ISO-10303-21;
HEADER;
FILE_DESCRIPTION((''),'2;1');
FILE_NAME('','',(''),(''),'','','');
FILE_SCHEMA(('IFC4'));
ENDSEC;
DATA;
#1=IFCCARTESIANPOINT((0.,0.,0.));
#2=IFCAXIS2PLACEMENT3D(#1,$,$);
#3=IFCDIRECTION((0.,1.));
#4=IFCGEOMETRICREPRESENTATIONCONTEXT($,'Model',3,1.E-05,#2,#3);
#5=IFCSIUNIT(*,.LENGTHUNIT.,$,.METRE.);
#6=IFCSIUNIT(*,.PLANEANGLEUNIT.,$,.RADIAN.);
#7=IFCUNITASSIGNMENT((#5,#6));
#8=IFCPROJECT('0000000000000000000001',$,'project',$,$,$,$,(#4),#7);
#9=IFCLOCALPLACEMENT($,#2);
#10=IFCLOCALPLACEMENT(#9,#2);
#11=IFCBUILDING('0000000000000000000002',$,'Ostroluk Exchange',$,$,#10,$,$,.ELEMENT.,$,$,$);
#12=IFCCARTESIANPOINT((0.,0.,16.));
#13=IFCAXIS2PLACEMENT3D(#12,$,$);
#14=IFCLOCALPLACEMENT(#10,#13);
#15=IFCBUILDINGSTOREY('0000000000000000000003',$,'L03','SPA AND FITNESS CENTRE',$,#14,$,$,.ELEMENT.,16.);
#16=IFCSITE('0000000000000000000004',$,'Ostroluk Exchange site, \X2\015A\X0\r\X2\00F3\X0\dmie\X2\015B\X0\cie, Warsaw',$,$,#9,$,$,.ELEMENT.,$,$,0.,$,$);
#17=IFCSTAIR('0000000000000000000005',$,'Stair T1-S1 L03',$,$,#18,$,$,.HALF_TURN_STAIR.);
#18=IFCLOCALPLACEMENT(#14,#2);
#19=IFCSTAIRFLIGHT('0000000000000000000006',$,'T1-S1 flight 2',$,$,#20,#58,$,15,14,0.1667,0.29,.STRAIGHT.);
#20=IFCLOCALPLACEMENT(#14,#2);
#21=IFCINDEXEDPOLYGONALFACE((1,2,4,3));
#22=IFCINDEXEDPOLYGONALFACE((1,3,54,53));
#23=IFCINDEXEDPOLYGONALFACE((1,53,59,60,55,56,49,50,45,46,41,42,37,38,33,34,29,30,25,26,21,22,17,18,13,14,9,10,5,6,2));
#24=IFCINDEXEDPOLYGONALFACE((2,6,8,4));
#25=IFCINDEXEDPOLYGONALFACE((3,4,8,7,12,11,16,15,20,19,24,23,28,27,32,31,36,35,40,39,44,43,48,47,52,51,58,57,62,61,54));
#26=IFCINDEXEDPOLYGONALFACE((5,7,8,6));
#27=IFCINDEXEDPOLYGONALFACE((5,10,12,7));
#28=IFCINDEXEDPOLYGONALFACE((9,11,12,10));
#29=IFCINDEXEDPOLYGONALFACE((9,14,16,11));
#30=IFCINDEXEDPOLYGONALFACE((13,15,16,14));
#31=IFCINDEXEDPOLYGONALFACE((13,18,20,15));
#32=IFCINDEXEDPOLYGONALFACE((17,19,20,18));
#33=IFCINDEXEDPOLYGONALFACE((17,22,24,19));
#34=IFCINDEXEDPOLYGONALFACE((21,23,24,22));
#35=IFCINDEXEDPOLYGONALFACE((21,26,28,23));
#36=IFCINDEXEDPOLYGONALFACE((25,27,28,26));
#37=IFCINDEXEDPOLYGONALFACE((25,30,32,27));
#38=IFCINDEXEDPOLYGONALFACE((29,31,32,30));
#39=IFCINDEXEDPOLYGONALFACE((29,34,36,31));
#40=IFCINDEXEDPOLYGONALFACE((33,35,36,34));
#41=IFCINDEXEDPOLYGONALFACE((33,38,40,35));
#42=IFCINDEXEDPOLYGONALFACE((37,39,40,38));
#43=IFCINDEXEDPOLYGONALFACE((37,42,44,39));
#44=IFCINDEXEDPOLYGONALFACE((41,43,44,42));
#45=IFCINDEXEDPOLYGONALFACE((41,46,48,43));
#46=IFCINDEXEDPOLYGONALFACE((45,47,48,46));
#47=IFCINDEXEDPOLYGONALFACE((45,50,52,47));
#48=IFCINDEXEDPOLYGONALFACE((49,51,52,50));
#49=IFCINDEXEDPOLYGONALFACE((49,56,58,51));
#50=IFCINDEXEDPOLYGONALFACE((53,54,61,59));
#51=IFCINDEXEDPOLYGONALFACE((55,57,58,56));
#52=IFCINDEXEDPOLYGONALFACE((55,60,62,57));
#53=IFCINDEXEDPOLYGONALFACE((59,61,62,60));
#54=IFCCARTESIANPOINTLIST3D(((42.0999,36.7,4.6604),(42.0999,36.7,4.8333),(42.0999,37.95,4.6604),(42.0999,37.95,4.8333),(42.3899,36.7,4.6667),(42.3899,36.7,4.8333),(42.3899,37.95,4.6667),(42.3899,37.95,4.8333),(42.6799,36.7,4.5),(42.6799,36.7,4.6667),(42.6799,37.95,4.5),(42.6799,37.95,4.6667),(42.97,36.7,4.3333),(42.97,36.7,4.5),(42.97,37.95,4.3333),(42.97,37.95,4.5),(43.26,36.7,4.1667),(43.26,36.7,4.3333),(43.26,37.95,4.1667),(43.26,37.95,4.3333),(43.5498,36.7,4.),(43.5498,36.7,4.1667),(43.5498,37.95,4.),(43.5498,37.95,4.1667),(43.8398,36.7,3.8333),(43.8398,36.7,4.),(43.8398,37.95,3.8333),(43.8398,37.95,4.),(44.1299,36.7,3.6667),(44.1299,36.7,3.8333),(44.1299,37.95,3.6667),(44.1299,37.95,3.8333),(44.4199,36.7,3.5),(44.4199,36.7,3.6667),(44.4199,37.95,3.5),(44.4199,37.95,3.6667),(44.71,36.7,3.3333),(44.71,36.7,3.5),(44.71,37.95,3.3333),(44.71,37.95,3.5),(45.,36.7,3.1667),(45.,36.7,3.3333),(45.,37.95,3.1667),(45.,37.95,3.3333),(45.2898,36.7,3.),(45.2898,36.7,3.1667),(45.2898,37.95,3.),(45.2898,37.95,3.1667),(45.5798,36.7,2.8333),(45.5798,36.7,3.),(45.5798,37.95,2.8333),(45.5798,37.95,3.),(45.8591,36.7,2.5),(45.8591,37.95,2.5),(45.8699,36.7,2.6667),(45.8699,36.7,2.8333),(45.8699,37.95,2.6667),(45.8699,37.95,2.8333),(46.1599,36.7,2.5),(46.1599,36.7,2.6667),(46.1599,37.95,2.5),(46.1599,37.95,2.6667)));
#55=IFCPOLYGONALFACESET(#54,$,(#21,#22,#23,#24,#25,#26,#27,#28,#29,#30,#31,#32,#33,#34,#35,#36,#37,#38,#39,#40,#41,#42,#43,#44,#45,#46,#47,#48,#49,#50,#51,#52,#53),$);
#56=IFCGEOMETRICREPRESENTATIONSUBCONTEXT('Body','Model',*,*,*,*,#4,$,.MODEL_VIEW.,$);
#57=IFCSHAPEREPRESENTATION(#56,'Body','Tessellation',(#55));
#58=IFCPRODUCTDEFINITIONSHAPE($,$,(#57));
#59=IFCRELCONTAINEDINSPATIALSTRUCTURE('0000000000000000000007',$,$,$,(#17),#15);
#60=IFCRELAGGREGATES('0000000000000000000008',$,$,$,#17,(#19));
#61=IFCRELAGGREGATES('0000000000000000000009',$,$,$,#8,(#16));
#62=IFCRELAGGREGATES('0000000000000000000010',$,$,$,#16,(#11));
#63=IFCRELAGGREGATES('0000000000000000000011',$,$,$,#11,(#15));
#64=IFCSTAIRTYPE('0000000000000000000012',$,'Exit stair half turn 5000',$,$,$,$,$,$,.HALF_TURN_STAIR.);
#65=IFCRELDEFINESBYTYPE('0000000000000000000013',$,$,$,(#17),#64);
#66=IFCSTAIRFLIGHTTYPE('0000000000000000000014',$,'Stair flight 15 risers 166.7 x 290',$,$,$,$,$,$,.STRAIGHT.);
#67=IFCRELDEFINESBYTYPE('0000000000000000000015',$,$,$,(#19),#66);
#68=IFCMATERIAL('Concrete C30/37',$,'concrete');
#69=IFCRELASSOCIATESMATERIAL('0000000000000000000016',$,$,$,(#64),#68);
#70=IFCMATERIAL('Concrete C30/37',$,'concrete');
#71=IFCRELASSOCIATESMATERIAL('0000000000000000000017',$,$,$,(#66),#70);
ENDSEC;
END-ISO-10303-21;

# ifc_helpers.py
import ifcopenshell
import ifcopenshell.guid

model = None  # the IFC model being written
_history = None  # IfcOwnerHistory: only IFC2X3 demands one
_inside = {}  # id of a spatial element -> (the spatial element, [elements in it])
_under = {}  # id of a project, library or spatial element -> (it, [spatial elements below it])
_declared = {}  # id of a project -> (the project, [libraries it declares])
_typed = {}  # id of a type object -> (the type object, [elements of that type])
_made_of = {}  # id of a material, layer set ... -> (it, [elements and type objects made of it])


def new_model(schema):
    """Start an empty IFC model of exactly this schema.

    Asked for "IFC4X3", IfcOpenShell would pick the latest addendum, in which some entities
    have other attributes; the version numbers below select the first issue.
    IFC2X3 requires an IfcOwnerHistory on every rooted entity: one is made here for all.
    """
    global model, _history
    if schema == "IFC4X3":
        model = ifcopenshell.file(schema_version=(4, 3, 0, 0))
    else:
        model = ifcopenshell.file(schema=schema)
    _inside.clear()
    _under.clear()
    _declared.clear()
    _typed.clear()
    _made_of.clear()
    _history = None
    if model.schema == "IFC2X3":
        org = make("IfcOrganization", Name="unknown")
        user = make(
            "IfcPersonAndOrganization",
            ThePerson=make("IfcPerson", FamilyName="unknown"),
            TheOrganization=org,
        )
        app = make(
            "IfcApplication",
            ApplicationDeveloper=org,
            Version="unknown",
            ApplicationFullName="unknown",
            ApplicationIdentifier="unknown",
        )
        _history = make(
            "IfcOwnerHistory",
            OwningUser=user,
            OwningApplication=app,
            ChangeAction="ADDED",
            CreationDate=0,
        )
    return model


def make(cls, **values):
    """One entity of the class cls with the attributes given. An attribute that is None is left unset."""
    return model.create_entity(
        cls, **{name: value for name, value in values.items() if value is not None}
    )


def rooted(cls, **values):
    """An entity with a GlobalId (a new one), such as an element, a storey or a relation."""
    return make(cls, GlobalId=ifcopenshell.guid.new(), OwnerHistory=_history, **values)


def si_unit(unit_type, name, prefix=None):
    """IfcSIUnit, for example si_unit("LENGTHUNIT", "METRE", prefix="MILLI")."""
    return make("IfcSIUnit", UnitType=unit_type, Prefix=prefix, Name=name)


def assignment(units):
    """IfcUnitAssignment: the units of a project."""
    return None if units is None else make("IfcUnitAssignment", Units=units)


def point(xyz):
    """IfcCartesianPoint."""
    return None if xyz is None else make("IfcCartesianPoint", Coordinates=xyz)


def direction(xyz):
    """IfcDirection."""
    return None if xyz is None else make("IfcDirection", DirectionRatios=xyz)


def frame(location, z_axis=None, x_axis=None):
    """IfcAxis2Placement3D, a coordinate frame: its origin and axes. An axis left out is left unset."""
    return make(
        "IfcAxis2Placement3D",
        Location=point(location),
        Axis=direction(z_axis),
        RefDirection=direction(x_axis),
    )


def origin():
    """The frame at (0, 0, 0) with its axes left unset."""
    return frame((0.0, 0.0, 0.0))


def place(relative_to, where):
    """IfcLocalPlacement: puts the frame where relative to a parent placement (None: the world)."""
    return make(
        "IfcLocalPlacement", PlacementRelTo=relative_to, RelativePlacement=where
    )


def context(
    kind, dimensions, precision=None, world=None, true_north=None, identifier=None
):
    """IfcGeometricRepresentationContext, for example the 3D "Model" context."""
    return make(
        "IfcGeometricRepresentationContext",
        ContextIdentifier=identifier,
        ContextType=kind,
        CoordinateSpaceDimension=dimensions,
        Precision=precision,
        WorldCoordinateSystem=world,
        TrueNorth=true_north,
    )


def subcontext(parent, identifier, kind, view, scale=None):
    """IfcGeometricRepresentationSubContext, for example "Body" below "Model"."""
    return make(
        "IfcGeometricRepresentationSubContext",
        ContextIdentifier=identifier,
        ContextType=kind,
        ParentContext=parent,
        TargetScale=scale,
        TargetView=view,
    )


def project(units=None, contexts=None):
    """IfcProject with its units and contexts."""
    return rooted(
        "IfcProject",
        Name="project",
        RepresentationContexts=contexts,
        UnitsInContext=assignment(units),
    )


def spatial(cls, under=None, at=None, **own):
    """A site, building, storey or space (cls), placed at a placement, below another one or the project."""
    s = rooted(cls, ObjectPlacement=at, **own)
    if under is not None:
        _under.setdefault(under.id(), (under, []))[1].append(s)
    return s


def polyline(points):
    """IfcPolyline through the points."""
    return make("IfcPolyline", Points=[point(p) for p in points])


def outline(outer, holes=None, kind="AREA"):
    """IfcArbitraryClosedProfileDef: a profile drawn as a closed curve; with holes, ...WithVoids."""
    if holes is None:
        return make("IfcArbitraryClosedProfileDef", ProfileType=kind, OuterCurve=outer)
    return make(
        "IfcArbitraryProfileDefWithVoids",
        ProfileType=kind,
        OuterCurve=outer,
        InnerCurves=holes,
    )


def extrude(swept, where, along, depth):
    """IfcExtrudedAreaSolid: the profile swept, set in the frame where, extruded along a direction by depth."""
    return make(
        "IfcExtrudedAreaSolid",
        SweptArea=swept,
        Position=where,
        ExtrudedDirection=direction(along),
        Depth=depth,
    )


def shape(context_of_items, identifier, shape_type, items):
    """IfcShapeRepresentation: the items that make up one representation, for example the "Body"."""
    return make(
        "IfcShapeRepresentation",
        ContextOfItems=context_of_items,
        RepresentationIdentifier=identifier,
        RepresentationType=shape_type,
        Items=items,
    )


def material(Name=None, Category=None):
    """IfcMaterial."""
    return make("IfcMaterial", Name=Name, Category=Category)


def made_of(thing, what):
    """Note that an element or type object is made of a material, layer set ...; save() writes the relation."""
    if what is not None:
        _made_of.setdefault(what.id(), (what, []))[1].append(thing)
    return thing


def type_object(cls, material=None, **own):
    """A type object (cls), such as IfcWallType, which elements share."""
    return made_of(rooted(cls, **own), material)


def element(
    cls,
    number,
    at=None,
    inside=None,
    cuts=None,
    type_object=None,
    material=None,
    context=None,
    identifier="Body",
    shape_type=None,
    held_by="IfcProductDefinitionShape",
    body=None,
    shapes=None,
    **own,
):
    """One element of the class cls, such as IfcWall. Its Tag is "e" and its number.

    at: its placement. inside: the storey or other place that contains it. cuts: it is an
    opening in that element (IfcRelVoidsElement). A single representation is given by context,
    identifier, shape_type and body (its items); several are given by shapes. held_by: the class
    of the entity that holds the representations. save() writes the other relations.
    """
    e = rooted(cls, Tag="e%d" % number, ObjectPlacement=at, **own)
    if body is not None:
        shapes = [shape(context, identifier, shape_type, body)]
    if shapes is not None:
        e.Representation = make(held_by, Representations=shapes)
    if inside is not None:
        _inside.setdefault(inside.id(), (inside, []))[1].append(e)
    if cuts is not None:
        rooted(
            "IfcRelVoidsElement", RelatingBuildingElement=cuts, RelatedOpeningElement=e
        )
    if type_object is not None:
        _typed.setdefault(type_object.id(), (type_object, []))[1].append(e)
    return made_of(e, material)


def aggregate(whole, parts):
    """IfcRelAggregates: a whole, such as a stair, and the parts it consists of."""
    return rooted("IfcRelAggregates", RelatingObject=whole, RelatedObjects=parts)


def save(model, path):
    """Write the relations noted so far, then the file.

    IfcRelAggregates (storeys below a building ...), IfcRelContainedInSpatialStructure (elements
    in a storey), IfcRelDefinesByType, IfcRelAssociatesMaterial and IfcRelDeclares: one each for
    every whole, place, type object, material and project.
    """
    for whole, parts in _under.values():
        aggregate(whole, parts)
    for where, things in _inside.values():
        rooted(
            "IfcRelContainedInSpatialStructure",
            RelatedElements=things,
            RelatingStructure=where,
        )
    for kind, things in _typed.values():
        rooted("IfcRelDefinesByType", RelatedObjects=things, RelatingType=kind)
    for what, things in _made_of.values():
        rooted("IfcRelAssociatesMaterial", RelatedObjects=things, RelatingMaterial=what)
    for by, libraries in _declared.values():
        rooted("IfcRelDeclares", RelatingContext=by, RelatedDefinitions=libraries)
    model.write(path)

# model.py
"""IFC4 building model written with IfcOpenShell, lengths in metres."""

from ifc_helpers import new_model, si_unit, direction, frame, origin, place, context, subcontext, project, spatial, polyline, outline, extrude, material, type_object, element, aggregate, save


model = new_model("IFC4")

# Units and contexts
model_context = context("Model", 3, precision=1e-05, world=origin(), true_north=direction((0.0, 1.0)))
body_context = subcontext(model_context, "Body", "Model", "MODEL_VIEW")
ifc_project = project(units=[si_unit("LENGTHUNIT", "METRE"), si_unit("PLANEANGLEUNIT", "RADIAN")], contexts=[model_context])

# Site, building, storey
site_placement = place(None, origin())
site = spatial("IfcSite", under=ifc_project, at=site_placement, Name="Ostroluk Exchange site, Śródmieście, Warsaw", CompositionType="ELEMENT", RefElevation=0.0)
building_placement = place(site_placement, origin())
building = spatial("IfcBuilding", under=site, at=building_placement, Name="Ostroluk Exchange", CompositionType="ELEMENT")
storey_placement = place(building_placement, frame((0.0, 0.0, 16.0)))
storey = spatial("IfcBuildingStorey", under=building, at=storey_placement, Name="L03", Description="SPA AND FITNESS CENTRE", CompositionType="ELEMENT", Elevation=16.0)

# Stair, stair flight
ifc_material_1 = material(Name="Concrete C30/37", Category="concrete")
stair_type = type_object("IfcStairType", Name="Exit stair half turn 5000", PredefinedType="HALF_TURN_STAIR", material=ifc_material_1)
stair_placement = place(storey_placement, origin())
stair = element("IfcStair", 1, at=stair_placement, inside=storey, type_object=stair_type, Name="Stair T1-S1 L03", PredefinedType="HALF_TURN_STAIR")
ifc_material_2 = material(Name="Concrete C30/37", Category="concrete")
stair_flight_type = type_object("IfcStairFlightType", Name="Stair flight 15 risers 166.7 x 290", PredefinedType="STRAIGHT", material=ifc_material_2)
stair_flight_1_placement = place(storey_placement, frame((46.1599, 37.325, 2.5), z_axis=(0.0, 0.0, 1.0), x_axis=(-1.0, 0.0, 0.0)))
stair_flight_1 = element("IfcStairFlight", 2, at=stair_flight_1_placement, type_object=stair_flight_type, Name="T1-S1 flight 2", NumberOfRisers=15, NumberOfTreads=14, PredefinedType="STRAIGHT", RiserHeight=0.1667, TreadLength=0.29, context=body_context, shape_type="SweptSolid", body=[
    extrude(outline(polyline([(0.0, 0.0), (0.0, 0.1667), (0.29, 0.1667), (0.29, 0.3333), (0.5801, 0.3333), (0.5801, 0.5), (0.8701, 0.5), (0.8701, 0.6667), (1.1599, 0.6667), (1.1599, 0.8333), (1.45, 0.8333), (1.45, 1.0), (1.74, 1.0), (1.74, 1.1667), (2.03, 1.1667), (2.03, 1.3333), (2.3201, 1.3333), (2.3201, 1.5), (2.6101, 1.5), (2.6101, 1.6667), (2.8999, 1.6667), (2.8999, 1.8333), (3.1899, 1.8333), (3.1899, 2.0), (3.48, 2.0), (3.48, 2.1667), (3.77, 2.1667), (3.77, 2.3333), (4.0601, 2.3333), (4.0601, 2.5), (4.0601, 2.1604), (0.3008, 0.0), (0.0, 0.0)])), frame((0.0, 0.625, 0.0), z_axis=(0.0, -1.0, 0.0), x_axis=(1.0, 0.0, 0.0)), (0.0, 0.0, 1.0), 1.25),
])
aggregate(stair, [stair_flight_1])

save(model, "model.ifc")
